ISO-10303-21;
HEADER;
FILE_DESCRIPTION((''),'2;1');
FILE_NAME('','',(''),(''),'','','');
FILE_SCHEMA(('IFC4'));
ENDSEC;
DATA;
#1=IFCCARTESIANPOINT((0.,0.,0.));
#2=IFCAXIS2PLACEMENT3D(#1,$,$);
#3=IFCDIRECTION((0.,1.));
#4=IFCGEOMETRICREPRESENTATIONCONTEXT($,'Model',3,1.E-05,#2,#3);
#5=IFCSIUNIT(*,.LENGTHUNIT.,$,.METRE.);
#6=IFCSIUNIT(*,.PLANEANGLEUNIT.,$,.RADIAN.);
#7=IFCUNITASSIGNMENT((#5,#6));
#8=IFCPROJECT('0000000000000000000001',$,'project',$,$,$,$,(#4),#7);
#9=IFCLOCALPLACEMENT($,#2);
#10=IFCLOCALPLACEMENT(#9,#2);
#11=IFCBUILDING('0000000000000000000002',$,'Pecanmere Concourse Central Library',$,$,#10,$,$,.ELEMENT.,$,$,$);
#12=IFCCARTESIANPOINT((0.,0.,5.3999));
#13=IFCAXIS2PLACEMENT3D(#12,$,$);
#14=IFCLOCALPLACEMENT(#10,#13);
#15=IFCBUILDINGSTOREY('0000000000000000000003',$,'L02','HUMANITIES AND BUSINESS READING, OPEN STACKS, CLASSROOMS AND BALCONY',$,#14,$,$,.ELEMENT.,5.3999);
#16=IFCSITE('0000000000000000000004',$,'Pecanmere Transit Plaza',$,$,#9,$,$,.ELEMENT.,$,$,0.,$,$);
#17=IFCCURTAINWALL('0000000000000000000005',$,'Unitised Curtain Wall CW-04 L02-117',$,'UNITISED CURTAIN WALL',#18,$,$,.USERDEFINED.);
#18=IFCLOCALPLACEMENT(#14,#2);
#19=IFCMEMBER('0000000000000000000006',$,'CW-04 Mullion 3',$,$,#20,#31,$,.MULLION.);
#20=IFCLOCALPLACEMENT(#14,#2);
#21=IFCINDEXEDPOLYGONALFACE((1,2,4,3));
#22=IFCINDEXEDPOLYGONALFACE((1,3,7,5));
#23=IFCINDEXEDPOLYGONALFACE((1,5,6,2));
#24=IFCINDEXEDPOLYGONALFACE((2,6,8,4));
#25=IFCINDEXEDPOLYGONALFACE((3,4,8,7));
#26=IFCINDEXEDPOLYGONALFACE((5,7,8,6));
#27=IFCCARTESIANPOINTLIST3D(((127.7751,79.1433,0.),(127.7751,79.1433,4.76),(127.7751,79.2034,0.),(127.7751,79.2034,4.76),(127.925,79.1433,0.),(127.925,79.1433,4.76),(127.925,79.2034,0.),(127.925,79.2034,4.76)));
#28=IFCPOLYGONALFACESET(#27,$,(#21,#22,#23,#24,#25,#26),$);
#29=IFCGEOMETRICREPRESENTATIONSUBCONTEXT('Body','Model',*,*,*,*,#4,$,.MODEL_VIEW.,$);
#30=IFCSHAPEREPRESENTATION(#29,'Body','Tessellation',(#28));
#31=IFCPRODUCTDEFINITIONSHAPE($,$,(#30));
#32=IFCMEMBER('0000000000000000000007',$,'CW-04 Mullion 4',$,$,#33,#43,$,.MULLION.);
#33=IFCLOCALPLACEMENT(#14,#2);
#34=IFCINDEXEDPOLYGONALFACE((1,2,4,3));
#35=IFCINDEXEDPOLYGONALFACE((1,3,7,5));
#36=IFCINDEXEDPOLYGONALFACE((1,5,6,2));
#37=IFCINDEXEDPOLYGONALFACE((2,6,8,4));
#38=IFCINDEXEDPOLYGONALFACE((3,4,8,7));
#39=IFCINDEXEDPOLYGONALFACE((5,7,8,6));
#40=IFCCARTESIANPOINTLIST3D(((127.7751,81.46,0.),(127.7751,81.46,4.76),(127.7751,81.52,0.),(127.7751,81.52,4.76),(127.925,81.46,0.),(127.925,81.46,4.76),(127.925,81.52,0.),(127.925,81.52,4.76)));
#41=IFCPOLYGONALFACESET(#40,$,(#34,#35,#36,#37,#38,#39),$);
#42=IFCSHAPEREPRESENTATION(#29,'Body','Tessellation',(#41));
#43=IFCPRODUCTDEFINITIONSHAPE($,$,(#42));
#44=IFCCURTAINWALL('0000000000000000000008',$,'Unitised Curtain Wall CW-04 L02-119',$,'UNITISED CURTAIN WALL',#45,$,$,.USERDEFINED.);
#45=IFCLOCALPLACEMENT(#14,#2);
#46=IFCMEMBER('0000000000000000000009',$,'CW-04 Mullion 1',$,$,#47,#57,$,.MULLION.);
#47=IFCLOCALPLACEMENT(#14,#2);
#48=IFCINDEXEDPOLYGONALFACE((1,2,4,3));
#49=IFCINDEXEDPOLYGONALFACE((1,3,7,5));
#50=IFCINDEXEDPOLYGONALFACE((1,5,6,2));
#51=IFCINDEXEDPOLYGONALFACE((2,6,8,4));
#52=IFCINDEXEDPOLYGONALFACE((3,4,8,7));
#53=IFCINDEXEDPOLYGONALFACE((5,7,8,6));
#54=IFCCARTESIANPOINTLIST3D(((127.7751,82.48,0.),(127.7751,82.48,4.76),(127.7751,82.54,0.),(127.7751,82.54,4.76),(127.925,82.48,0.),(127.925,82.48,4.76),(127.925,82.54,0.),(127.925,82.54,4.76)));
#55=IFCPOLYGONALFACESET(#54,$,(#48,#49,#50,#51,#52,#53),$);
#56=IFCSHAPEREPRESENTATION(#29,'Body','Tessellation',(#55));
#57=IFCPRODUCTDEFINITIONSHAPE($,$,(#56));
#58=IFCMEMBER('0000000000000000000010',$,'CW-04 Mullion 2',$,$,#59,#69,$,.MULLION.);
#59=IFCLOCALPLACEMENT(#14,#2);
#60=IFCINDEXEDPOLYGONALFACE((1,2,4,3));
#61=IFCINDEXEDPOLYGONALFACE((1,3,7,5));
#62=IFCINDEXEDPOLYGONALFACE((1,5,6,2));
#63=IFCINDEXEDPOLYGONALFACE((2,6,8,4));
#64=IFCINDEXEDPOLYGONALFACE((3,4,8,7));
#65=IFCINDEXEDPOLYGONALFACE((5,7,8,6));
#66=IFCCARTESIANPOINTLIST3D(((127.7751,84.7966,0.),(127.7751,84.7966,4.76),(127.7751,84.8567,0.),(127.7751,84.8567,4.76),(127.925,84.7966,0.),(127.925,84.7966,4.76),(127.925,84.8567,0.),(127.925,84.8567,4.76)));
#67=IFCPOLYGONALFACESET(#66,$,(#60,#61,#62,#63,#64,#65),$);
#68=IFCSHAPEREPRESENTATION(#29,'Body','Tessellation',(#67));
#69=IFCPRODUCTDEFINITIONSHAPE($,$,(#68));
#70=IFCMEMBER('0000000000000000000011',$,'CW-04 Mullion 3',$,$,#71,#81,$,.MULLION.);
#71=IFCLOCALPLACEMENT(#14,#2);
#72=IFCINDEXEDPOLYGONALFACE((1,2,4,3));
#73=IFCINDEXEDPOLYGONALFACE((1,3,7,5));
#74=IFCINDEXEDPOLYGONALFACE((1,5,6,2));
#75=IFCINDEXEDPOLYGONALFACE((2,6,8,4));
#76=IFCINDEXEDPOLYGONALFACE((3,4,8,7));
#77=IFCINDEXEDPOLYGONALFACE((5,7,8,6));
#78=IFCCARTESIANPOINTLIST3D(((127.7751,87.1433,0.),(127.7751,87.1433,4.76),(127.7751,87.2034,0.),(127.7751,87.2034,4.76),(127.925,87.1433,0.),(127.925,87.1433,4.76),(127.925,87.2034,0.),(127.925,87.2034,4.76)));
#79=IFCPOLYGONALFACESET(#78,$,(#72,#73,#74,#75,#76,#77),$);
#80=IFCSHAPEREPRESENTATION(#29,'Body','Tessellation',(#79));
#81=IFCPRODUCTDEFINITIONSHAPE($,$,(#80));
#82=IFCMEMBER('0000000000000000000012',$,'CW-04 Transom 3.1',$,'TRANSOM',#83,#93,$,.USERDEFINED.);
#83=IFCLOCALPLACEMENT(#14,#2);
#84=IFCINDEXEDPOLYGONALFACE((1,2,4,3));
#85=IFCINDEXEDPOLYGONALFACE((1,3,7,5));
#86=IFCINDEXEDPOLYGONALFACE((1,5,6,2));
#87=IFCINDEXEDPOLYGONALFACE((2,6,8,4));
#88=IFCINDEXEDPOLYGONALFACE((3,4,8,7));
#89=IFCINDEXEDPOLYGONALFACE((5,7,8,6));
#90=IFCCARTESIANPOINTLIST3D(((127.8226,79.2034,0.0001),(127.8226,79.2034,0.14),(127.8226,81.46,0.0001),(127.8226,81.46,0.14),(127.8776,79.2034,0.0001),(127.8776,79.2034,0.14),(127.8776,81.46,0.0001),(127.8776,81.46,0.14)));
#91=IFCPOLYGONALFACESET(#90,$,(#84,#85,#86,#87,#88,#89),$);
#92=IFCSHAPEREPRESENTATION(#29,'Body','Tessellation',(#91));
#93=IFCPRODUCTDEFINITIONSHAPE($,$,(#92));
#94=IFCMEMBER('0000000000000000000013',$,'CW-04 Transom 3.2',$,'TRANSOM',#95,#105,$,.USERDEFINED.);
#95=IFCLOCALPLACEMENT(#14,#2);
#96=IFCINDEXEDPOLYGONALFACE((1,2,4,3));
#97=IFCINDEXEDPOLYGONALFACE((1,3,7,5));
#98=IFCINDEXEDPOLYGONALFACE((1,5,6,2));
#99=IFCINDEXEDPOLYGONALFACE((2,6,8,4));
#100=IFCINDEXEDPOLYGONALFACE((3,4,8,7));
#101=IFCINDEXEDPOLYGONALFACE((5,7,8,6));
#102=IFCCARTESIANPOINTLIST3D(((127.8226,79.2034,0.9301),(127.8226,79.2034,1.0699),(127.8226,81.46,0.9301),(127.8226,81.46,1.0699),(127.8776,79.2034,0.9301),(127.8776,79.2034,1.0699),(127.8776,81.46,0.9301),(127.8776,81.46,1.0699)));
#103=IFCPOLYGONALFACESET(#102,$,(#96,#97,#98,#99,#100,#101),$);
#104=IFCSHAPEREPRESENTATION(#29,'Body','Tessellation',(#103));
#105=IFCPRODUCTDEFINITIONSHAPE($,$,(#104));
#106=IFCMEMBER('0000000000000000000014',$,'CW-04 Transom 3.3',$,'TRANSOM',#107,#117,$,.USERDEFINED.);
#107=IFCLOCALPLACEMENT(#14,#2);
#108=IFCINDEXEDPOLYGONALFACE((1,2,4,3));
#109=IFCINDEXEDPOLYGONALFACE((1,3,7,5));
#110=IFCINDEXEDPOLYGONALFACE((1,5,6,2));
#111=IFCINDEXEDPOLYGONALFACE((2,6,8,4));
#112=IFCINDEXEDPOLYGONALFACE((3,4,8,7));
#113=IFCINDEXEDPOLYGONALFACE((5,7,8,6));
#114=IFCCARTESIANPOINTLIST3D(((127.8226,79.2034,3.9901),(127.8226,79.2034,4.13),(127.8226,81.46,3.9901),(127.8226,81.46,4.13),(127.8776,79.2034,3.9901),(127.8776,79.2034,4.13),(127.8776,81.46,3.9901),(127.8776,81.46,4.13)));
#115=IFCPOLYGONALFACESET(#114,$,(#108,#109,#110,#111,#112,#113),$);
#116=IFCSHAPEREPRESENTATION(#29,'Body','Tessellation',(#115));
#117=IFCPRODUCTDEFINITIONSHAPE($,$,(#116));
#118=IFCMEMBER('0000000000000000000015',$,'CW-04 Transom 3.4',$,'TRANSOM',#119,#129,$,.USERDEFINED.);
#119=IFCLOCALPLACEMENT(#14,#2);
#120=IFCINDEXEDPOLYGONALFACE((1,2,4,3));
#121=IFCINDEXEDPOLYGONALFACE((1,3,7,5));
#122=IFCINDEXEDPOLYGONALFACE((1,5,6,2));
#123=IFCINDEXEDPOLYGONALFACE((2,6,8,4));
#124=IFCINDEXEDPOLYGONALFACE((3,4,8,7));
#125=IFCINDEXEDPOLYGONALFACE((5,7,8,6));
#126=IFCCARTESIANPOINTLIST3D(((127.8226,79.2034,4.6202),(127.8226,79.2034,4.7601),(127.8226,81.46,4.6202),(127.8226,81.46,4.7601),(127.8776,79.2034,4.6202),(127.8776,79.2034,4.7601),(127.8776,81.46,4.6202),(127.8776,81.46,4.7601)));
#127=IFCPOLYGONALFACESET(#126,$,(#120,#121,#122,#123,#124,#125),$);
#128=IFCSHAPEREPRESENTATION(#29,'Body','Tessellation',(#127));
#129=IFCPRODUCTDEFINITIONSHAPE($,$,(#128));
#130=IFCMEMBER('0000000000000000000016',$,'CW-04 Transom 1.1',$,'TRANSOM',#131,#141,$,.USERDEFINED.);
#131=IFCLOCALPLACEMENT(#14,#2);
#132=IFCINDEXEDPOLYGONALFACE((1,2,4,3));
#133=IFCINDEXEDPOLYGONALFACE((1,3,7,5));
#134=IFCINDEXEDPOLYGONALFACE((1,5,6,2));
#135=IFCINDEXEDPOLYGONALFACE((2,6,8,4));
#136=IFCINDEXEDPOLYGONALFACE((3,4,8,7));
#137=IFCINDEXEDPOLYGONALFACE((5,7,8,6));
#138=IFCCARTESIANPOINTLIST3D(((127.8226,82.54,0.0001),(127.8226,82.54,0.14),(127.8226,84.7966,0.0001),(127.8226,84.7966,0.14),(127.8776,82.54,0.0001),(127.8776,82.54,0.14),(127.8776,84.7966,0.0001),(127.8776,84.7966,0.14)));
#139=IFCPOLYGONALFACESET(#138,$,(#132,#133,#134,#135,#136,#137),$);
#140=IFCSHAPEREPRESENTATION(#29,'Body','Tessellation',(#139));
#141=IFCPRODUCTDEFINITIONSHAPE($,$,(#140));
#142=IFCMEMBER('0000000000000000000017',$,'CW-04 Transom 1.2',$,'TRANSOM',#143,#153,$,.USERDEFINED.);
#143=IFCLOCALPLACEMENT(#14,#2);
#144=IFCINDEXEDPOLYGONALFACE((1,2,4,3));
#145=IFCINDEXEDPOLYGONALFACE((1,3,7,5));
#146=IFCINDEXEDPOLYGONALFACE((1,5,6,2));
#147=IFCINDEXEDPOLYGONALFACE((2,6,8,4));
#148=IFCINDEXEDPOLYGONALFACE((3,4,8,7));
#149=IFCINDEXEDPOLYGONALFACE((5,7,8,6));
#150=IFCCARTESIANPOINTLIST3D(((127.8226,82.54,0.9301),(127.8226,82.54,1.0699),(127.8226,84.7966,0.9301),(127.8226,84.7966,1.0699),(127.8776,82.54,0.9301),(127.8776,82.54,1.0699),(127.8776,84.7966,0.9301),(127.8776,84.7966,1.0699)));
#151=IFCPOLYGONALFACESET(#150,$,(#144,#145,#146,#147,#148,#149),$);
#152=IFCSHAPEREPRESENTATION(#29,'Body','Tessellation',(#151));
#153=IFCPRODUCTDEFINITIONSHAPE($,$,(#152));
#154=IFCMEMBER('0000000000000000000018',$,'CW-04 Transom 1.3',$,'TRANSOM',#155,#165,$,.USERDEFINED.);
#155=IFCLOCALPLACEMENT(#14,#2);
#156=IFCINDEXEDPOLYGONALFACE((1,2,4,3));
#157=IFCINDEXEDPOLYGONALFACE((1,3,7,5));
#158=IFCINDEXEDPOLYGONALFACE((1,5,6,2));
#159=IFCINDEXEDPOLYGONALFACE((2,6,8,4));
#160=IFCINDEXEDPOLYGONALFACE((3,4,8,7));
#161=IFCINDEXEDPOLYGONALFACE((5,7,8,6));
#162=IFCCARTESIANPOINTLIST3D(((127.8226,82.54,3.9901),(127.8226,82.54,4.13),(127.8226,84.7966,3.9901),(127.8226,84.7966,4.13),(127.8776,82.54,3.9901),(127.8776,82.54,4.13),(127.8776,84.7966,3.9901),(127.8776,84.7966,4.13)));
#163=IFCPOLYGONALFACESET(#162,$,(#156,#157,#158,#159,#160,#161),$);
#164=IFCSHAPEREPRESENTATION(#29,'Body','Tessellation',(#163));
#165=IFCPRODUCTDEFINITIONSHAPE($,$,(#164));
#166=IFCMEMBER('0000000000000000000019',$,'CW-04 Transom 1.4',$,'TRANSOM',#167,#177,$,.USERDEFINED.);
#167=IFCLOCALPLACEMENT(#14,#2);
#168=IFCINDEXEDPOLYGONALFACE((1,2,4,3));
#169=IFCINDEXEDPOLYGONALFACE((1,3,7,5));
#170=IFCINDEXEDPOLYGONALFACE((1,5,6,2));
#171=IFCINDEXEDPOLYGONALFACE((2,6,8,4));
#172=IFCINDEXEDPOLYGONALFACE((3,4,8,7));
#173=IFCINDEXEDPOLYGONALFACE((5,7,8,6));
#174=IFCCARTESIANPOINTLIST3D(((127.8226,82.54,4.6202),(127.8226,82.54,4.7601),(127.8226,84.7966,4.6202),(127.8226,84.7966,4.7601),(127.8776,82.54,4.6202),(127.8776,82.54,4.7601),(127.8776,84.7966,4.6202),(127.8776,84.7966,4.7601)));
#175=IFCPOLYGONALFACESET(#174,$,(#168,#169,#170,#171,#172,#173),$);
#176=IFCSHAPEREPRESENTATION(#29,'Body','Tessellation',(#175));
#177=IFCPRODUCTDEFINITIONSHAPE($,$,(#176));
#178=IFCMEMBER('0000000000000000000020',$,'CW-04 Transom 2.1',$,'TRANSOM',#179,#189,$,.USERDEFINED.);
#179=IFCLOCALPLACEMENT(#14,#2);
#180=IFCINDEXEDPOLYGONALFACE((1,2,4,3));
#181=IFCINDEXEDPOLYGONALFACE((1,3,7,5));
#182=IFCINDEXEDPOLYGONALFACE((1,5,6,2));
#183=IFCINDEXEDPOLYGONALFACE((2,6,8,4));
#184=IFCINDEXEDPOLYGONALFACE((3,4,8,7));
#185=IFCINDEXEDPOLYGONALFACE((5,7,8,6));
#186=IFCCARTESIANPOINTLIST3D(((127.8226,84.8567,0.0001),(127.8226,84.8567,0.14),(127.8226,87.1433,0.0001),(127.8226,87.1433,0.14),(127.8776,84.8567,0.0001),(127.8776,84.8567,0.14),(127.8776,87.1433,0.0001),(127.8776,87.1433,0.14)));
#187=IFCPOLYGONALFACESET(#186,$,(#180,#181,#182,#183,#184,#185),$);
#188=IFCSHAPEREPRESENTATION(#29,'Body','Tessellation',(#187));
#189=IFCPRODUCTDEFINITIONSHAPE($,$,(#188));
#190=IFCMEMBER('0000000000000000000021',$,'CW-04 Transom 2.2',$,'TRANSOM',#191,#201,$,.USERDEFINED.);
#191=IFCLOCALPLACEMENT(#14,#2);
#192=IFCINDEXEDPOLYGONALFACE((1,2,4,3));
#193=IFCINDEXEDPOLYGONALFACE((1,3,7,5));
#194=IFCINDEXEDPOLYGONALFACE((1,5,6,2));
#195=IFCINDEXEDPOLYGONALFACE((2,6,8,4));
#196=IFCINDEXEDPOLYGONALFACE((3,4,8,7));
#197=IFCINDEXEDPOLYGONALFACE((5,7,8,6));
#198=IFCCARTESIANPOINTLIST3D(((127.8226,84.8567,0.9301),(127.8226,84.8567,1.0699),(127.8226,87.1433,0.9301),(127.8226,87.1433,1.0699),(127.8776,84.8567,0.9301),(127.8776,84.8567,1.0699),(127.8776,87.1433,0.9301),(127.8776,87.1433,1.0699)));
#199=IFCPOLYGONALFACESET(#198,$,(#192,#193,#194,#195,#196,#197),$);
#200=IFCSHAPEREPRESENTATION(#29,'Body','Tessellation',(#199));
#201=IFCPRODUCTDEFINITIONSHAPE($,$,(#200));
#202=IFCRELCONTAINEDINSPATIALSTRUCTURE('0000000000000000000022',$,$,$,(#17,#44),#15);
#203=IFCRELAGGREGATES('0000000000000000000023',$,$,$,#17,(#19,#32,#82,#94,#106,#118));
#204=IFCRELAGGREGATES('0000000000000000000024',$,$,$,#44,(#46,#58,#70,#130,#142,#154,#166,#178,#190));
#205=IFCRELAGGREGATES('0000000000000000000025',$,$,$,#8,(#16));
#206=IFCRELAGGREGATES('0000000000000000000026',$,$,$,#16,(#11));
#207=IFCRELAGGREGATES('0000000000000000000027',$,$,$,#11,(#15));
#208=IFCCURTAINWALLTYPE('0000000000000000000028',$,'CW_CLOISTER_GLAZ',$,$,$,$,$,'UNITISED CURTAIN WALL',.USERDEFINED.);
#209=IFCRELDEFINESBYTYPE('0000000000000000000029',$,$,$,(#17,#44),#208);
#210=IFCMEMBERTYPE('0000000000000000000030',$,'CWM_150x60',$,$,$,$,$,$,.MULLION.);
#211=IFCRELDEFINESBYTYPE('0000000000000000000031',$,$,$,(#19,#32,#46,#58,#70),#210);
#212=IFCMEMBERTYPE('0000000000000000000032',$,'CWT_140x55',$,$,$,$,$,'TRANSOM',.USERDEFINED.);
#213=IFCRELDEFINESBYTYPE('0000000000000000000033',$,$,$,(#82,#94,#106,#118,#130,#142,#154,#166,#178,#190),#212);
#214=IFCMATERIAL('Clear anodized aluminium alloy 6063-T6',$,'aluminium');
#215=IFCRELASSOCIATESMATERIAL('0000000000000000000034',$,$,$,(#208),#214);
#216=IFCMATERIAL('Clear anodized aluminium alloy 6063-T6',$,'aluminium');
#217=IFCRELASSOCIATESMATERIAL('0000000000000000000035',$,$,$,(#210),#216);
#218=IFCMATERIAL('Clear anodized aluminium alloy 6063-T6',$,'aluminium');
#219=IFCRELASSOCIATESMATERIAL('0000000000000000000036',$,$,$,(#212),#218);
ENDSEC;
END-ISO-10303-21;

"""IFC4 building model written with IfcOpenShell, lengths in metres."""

from ifc_helpers import new_model, si_unit, direction, frame, origin, origin_2d, place, context, subcontext, project, spatial, rectangle, extrude, material, material_profile, profile_set, type_object, element, aggregate, save


model = new_model("IFC4")

# Units and contexts
model_context = context("Model", 3, precision=1e-05, world=origin(), true_north=direction((0.0, 1.0)))
body_context = subcontext(model_context, "Body", "Model", "MODEL_VIEW")
ifc_project = project(units=[si_unit("LENGTHUNIT", "METRE"), si_unit("PLANEANGLEUNIT", "RADIAN")], contexts=[model_context])

# Site, building, storey
site_placement = place(None, origin())
site = spatial("IfcSite", under=ifc_project, at=site_placement, Name="Pecanmere Transit Plaza", CompositionType="ELEMENT", RefElevation=0.0)
building_placement = place(site_placement, origin())
building = spatial("IfcBuilding", under=site, at=building_placement, Name="Pecanmere Concourse Central Library", CompositionType="ELEMENT")
storey_placement = place(building_placement, frame((0.0, 0.0, 5.3999)))
storey = spatial("IfcBuildingStorey", under=building, at=storey_placement, Name="L02", Description="HUMANITIES AND BUSINESS READING, OPEN STACKS, CLASSROOMS AND BALCONY", CompositionType="ELEMENT", Elevation=5.3999)

# Curtain walls, members
ifc_material_1 = material(Name="Clear anodized aluminium alloy 6063-T6", Category="aluminium")
curtain_wall_type = type_object("IfcCurtainWallType", Name="CW_CLOISTER_GLAZ", ElementType="UNITISED CURTAIN WALL", PredefinedType="USERDEFINED", material=ifc_material_1)
curtain_wall_1_placement = place(storey_placement, origin())
curtain_wall_1 = element("IfcCurtainWall", 1, at=curtain_wall_1_placement, inside=storey, type_object=curtain_wall_type, Name="Unitised Curtain Wall CW-04 L02-117", ObjectType="UNITISED CURTAIN WALL", PredefinedType="USERDEFINED")
ifc_material_2 = material(Name="Clear anodized aluminium alloy 6063-T6", Category="aluminium")
ifc_material_profile_1 = material_profile(ifc_material_2, rectangle(XDim=0.0601, YDim=0.1499, at=origin_2d()), Name="AL 60x150")
ifc_profile_set_1 = profile_set([ifc_material_profile_1], Name="Clear anodized aluminium alloy 6063-T6")
member_type_1 = type_object("IfcMemberType", Name="CWM_150x60", PredefinedType="MULLION", material=ifc_profile_set_1)
member_1_placement = place(storey_placement, frame((127.8501, 79.1733, 0.0), z_axis=(0.0, 0.0, 1.0), x_axis=(0.0, 1.0, 0.0)))
member_1 = element("IfcMember", 2, at=member_1_placement, type_object=member_type_1, Name="CW-04 Mullion 3", PredefinedType="MULLION", context=body_context, shape_type="SweptSolid", body=[
    extrude(rectangle(XDim=0.0601, YDim=0.1499, at=origin_2d()), origin(), (0.0, 0.0, 1.0), 4.76),
])
member_2_placement = place(storey_placement, frame((127.8501, 81.49, 0.0), z_axis=(0.0, 0.0, 1.0), x_axis=(0.0, 1.0, 0.0)))
member_2 = element("IfcMember", 3, at=member_2_placement, type_object=member_type_1, Name="CW-04 Mullion 4", PredefinedType="MULLION", context=body_context, shape_type="SweptSolid", body=[
    extrude(rectangle(XDim=0.0601, YDim=0.1499, at=origin_2d()), origin(), (0.0, 0.0, 1.0), 4.76),
])
curtain_wall_2_placement = place(storey_placement, origin())
curtain_wall_2 = element("IfcCurtainWall", 4, at=curtain_wall_2_placement, inside=storey, type_object=curtain_wall_type, Name="Unitised Curtain Wall CW-04 L02-119", ObjectType="UNITISED CURTAIN WALL", PredefinedType="USERDEFINED")
member_3_placement = place(storey_placement, frame((127.8501, 82.51, 0.0), z_axis=(0.0, 0.0, 1.0), x_axis=(0.0, 1.0, 0.0)))
member_3 = element("IfcMember", 5, at=member_3_placement, type_object=member_type_1, Name="CW-04 Mullion 1", PredefinedType="MULLION", context=body_context, shape_type="SweptSolid", body=[
    extrude(rectangle(XDim=0.0601, YDim=0.1499, at=origin_2d()), origin(), (0.0, 0.0, 1.0), 4.76),
])
member_4_placement = place(storey_placement, frame((127.8501, 84.8267, 0.0), z_axis=(0.0, 0.0, 1.0), x_axis=(0.0, 1.0, 0.0)))
member_4 = element("IfcMember", 6, at=member_4_placement, type_object=member_type_1, Name="CW-04 Mullion 2", PredefinedType="MULLION", context=body_context, shape_type="SweptSolid", body=[
    extrude(rectangle(XDim=0.0601, YDim=0.1499, at=origin_2d()), origin(), (0.0, 0.0, 1.0), 4.76),
])
member_5_placement = place(storey_placement, frame((127.8501, 87.1733, 0.0), z_axis=(0.0, 0.0, 1.0), x_axis=(0.0, 1.0, 0.0)))
member_5 = element("IfcMember", 7, at=member_5_placement, type_object=member_type_1, Name="CW-04 Mullion 3", PredefinedType="MULLION", context=body_context, shape_type="SweptSolid", body=[
    extrude(rectangle(XDim=0.0601, YDim=0.1499, at=origin_2d()), origin(), (0.0, 0.0, 1.0), 4.76),
])

# Members
ifc_material_3 = material(Name="Clear anodized aluminium alloy 6063-T6", Category="aluminium")
ifc_material_profile_2 = material_profile(ifc_material_3, rectangle(XDim=0.0549, YDim=0.1399, at=origin_2d()), Name="AL 55x140")
ifc_profile_set_2 = profile_set([ifc_material_profile_2], Name="Clear anodized aluminium alloy 6063-T6")
member_type_2 = type_object("IfcMemberType", Name="CWT_140x55", ElementType="TRANSOM", PredefinedType="USERDEFINED", material=ifc_profile_set_2)
member_6_placement = place(storey_placement, frame((127.8501, 79.2034, 0.0701), z_axis=(0.0, 1.0, 0.0), x_axis=(-1.0, 0.0, 0.0)))
member_6 = element("IfcMember", 8, at=member_6_placement, type_object=member_type_2, Name="CW-04 Transom 3.1", ObjectType="TRANSOM", PredefinedType="USERDEFINED", context=body_context, shape_type="SweptSolid", body=[
    extrude(rectangle(XDim=0.0549, YDim=0.1399, at=origin_2d()), origin(), (0.0, 0.0, 1.0), 2.2566),
])
member_7_placement = place(storey_placement, frame((127.8501, 79.2034, 1.0), z_axis=(0.0, 1.0, 0.0), x_axis=(-1.0, 0.0, 0.0)))
member_7 = element("IfcMember", 9, at=member_7_placement, type_object=member_type_2, Name="CW-04 Transom 3.2", ObjectType="TRANSOM", PredefinedType="USERDEFINED", context=body_context, shape_type="SweptSolid", body=[
    extrude(rectangle(XDim=0.0549, YDim=0.1399, at=origin_2d()), origin(), (0.0, 0.0, 1.0), 2.2566),
])
member_8_placement = place(storey_placement, frame((127.8501, 79.2034, 4.0601), z_axis=(0.0, 1.0, 0.0), x_axis=(-1.0, 0.0, 0.0)))
member_8 = element("IfcMember", 10, at=member_8_placement, type_object=member_type_2, Name="CW-04 Transom 3.3", ObjectType="TRANSOM", PredefinedType="USERDEFINED", context=body_context, shape_type="SweptSolid", body=[
    extrude(rectangle(XDim=0.0549, YDim=0.1399, at=origin_2d()), origin(), (0.0, 0.0, 1.0), 2.2566),
])
member_9_placement = place(storey_placement, frame((127.8501, 79.2034, 4.6902), z_axis=(0.0, 1.0, 0.0), x_axis=(-1.0, 0.0, 0.0)))
member_9 = element("IfcMember", 11, at=member_9_placement, type_object=member_type_2, Name="CW-04 Transom 3.4", ObjectType="TRANSOM", PredefinedType="USERDEFINED", context=body_context, shape_type="SweptSolid", body=[
    extrude(rectangle(XDim=0.0549, YDim=0.1399, at=origin_2d()), origin(), (0.0, 0.0, 1.0), 2.2566),
])
member_10_placement = place(storey_placement, frame((127.8501, 82.54, 0.0701), z_axis=(0.0, 1.0, 0.0), x_axis=(-1.0, 0.0, 0.0)))
member_10 = element("IfcMember", 12, at=member_10_placement, type_object=member_type_2, Name="CW-04 Transom 1.1", ObjectType="TRANSOM", PredefinedType="USERDEFINED", context=body_context, shape_type="SweptSolid", body=[
    extrude(rectangle(XDim=0.0549, YDim=0.1399, at=origin_2d()), origin(), (0.0, 0.0, 1.0), 2.2566),
])
member_11_placement = place(storey_placement, frame((127.8501, 82.54, 1.0), z_axis=(0.0, 1.0, 0.0), x_axis=(-1.0, 0.0, 0.0)))
member_11 = element("IfcMember", 13, at=member_11_placement, type_object=member_type_2, Name="CW-04 Transom 1.2", ObjectType="TRANSOM", PredefinedType="USERDEFINED", context=body_context, shape_type="SweptSolid", body=[
    extrude(rectangle(XDim=0.0549, YDim=0.1399, at=origin_2d()), origin(), (0.0, 0.0, 1.0), 2.2566),
])
member_12_placement = place(storey_placement, frame((127.8501, 82.54, 4.0601), z_axis=(0.0, 1.0, 0.0), x_axis=(-1.0, 0.0, 0.0)))
member_12 = element("IfcMember", 14, at=member_12_placement, type_object=member_type_2, Name="CW-04 Transom 1.3", ObjectType="TRANSOM", PredefinedType="USERDEFINED", context=body_context, shape_type="SweptSolid", body=[
    extrude(rectangle(XDim=0.0549, YDim=0.1399, at=origin_2d()), origin(), (0.0, 0.0, 1.0), 2.2566),
])
member_13_placement = place(storey_placement, frame((127.8501, 82.54, 4.6902), z_axis=(0.0, 1.0, 0.0), x_axis=(-1.0, 0.0, 0.0)))
member_13 = element("IfcMember", 15, at=member_13_placement, type_object=member_type_2, Name="CW-04 Transom 1.4", ObjectType="TRANSOM", PredefinedType="USERDEFINED", context=body_context, shape_type="SweptSolid", body=[
    extrude(rectangle(XDim=0.0549, YDim=0.1399, at=origin_2d()), origin(), (0.0, 0.0, 1.0), 2.2566),
])
member_14_placement = place(storey_placement, frame((127.8501, 84.8567, 0.0701), z_axis=(0.0, 1.0, 0.0), x_axis=(-1.0, 0.0, 0.0)))
member_14 = element("IfcMember", 16, at=member_14_placement, type_object=member_type_2, Name="CW-04 Transom 2.1", ObjectType="TRANSOM", PredefinedType="USERDEFINED", context=body_context, shape_type="SweptSolid", body=[
    extrude(rectangle(XDim=0.0549, YDim=0.1399, at=origin_2d()), origin(), (0.0, 0.0, 1.0), 2.2866),
])
member_15_placement = place(storey_placement, frame((127.8501, 84.8567, 1.0), z_axis=(0.0, 1.0, 0.0), x_axis=(-1.0, 0.0, 0.0)))
member_15 = element("IfcMember", 17, at=member_15_placement, type_object=member_type_2, Name="CW-04 Transom 2.2", ObjectType="TRANSOM", PredefinedType="USERDEFINED", context=body_context, shape_type="SweptSolid", body=[
    extrude(rectangle(XDim=0.0549, YDim=0.1399, at=origin_2d()), origin(), (0.0, 0.0, 1.0), 2.2866),
])

aggregate(curtain_wall_1, [member_1, member_2, member_6, member_7, member_8, member_9])
aggregate(curtain_wall_2, [member_3, member_4, member_5, member_10, member_11, member_12, member_13, member_14, member_15])

save(model, "model.ifc")
